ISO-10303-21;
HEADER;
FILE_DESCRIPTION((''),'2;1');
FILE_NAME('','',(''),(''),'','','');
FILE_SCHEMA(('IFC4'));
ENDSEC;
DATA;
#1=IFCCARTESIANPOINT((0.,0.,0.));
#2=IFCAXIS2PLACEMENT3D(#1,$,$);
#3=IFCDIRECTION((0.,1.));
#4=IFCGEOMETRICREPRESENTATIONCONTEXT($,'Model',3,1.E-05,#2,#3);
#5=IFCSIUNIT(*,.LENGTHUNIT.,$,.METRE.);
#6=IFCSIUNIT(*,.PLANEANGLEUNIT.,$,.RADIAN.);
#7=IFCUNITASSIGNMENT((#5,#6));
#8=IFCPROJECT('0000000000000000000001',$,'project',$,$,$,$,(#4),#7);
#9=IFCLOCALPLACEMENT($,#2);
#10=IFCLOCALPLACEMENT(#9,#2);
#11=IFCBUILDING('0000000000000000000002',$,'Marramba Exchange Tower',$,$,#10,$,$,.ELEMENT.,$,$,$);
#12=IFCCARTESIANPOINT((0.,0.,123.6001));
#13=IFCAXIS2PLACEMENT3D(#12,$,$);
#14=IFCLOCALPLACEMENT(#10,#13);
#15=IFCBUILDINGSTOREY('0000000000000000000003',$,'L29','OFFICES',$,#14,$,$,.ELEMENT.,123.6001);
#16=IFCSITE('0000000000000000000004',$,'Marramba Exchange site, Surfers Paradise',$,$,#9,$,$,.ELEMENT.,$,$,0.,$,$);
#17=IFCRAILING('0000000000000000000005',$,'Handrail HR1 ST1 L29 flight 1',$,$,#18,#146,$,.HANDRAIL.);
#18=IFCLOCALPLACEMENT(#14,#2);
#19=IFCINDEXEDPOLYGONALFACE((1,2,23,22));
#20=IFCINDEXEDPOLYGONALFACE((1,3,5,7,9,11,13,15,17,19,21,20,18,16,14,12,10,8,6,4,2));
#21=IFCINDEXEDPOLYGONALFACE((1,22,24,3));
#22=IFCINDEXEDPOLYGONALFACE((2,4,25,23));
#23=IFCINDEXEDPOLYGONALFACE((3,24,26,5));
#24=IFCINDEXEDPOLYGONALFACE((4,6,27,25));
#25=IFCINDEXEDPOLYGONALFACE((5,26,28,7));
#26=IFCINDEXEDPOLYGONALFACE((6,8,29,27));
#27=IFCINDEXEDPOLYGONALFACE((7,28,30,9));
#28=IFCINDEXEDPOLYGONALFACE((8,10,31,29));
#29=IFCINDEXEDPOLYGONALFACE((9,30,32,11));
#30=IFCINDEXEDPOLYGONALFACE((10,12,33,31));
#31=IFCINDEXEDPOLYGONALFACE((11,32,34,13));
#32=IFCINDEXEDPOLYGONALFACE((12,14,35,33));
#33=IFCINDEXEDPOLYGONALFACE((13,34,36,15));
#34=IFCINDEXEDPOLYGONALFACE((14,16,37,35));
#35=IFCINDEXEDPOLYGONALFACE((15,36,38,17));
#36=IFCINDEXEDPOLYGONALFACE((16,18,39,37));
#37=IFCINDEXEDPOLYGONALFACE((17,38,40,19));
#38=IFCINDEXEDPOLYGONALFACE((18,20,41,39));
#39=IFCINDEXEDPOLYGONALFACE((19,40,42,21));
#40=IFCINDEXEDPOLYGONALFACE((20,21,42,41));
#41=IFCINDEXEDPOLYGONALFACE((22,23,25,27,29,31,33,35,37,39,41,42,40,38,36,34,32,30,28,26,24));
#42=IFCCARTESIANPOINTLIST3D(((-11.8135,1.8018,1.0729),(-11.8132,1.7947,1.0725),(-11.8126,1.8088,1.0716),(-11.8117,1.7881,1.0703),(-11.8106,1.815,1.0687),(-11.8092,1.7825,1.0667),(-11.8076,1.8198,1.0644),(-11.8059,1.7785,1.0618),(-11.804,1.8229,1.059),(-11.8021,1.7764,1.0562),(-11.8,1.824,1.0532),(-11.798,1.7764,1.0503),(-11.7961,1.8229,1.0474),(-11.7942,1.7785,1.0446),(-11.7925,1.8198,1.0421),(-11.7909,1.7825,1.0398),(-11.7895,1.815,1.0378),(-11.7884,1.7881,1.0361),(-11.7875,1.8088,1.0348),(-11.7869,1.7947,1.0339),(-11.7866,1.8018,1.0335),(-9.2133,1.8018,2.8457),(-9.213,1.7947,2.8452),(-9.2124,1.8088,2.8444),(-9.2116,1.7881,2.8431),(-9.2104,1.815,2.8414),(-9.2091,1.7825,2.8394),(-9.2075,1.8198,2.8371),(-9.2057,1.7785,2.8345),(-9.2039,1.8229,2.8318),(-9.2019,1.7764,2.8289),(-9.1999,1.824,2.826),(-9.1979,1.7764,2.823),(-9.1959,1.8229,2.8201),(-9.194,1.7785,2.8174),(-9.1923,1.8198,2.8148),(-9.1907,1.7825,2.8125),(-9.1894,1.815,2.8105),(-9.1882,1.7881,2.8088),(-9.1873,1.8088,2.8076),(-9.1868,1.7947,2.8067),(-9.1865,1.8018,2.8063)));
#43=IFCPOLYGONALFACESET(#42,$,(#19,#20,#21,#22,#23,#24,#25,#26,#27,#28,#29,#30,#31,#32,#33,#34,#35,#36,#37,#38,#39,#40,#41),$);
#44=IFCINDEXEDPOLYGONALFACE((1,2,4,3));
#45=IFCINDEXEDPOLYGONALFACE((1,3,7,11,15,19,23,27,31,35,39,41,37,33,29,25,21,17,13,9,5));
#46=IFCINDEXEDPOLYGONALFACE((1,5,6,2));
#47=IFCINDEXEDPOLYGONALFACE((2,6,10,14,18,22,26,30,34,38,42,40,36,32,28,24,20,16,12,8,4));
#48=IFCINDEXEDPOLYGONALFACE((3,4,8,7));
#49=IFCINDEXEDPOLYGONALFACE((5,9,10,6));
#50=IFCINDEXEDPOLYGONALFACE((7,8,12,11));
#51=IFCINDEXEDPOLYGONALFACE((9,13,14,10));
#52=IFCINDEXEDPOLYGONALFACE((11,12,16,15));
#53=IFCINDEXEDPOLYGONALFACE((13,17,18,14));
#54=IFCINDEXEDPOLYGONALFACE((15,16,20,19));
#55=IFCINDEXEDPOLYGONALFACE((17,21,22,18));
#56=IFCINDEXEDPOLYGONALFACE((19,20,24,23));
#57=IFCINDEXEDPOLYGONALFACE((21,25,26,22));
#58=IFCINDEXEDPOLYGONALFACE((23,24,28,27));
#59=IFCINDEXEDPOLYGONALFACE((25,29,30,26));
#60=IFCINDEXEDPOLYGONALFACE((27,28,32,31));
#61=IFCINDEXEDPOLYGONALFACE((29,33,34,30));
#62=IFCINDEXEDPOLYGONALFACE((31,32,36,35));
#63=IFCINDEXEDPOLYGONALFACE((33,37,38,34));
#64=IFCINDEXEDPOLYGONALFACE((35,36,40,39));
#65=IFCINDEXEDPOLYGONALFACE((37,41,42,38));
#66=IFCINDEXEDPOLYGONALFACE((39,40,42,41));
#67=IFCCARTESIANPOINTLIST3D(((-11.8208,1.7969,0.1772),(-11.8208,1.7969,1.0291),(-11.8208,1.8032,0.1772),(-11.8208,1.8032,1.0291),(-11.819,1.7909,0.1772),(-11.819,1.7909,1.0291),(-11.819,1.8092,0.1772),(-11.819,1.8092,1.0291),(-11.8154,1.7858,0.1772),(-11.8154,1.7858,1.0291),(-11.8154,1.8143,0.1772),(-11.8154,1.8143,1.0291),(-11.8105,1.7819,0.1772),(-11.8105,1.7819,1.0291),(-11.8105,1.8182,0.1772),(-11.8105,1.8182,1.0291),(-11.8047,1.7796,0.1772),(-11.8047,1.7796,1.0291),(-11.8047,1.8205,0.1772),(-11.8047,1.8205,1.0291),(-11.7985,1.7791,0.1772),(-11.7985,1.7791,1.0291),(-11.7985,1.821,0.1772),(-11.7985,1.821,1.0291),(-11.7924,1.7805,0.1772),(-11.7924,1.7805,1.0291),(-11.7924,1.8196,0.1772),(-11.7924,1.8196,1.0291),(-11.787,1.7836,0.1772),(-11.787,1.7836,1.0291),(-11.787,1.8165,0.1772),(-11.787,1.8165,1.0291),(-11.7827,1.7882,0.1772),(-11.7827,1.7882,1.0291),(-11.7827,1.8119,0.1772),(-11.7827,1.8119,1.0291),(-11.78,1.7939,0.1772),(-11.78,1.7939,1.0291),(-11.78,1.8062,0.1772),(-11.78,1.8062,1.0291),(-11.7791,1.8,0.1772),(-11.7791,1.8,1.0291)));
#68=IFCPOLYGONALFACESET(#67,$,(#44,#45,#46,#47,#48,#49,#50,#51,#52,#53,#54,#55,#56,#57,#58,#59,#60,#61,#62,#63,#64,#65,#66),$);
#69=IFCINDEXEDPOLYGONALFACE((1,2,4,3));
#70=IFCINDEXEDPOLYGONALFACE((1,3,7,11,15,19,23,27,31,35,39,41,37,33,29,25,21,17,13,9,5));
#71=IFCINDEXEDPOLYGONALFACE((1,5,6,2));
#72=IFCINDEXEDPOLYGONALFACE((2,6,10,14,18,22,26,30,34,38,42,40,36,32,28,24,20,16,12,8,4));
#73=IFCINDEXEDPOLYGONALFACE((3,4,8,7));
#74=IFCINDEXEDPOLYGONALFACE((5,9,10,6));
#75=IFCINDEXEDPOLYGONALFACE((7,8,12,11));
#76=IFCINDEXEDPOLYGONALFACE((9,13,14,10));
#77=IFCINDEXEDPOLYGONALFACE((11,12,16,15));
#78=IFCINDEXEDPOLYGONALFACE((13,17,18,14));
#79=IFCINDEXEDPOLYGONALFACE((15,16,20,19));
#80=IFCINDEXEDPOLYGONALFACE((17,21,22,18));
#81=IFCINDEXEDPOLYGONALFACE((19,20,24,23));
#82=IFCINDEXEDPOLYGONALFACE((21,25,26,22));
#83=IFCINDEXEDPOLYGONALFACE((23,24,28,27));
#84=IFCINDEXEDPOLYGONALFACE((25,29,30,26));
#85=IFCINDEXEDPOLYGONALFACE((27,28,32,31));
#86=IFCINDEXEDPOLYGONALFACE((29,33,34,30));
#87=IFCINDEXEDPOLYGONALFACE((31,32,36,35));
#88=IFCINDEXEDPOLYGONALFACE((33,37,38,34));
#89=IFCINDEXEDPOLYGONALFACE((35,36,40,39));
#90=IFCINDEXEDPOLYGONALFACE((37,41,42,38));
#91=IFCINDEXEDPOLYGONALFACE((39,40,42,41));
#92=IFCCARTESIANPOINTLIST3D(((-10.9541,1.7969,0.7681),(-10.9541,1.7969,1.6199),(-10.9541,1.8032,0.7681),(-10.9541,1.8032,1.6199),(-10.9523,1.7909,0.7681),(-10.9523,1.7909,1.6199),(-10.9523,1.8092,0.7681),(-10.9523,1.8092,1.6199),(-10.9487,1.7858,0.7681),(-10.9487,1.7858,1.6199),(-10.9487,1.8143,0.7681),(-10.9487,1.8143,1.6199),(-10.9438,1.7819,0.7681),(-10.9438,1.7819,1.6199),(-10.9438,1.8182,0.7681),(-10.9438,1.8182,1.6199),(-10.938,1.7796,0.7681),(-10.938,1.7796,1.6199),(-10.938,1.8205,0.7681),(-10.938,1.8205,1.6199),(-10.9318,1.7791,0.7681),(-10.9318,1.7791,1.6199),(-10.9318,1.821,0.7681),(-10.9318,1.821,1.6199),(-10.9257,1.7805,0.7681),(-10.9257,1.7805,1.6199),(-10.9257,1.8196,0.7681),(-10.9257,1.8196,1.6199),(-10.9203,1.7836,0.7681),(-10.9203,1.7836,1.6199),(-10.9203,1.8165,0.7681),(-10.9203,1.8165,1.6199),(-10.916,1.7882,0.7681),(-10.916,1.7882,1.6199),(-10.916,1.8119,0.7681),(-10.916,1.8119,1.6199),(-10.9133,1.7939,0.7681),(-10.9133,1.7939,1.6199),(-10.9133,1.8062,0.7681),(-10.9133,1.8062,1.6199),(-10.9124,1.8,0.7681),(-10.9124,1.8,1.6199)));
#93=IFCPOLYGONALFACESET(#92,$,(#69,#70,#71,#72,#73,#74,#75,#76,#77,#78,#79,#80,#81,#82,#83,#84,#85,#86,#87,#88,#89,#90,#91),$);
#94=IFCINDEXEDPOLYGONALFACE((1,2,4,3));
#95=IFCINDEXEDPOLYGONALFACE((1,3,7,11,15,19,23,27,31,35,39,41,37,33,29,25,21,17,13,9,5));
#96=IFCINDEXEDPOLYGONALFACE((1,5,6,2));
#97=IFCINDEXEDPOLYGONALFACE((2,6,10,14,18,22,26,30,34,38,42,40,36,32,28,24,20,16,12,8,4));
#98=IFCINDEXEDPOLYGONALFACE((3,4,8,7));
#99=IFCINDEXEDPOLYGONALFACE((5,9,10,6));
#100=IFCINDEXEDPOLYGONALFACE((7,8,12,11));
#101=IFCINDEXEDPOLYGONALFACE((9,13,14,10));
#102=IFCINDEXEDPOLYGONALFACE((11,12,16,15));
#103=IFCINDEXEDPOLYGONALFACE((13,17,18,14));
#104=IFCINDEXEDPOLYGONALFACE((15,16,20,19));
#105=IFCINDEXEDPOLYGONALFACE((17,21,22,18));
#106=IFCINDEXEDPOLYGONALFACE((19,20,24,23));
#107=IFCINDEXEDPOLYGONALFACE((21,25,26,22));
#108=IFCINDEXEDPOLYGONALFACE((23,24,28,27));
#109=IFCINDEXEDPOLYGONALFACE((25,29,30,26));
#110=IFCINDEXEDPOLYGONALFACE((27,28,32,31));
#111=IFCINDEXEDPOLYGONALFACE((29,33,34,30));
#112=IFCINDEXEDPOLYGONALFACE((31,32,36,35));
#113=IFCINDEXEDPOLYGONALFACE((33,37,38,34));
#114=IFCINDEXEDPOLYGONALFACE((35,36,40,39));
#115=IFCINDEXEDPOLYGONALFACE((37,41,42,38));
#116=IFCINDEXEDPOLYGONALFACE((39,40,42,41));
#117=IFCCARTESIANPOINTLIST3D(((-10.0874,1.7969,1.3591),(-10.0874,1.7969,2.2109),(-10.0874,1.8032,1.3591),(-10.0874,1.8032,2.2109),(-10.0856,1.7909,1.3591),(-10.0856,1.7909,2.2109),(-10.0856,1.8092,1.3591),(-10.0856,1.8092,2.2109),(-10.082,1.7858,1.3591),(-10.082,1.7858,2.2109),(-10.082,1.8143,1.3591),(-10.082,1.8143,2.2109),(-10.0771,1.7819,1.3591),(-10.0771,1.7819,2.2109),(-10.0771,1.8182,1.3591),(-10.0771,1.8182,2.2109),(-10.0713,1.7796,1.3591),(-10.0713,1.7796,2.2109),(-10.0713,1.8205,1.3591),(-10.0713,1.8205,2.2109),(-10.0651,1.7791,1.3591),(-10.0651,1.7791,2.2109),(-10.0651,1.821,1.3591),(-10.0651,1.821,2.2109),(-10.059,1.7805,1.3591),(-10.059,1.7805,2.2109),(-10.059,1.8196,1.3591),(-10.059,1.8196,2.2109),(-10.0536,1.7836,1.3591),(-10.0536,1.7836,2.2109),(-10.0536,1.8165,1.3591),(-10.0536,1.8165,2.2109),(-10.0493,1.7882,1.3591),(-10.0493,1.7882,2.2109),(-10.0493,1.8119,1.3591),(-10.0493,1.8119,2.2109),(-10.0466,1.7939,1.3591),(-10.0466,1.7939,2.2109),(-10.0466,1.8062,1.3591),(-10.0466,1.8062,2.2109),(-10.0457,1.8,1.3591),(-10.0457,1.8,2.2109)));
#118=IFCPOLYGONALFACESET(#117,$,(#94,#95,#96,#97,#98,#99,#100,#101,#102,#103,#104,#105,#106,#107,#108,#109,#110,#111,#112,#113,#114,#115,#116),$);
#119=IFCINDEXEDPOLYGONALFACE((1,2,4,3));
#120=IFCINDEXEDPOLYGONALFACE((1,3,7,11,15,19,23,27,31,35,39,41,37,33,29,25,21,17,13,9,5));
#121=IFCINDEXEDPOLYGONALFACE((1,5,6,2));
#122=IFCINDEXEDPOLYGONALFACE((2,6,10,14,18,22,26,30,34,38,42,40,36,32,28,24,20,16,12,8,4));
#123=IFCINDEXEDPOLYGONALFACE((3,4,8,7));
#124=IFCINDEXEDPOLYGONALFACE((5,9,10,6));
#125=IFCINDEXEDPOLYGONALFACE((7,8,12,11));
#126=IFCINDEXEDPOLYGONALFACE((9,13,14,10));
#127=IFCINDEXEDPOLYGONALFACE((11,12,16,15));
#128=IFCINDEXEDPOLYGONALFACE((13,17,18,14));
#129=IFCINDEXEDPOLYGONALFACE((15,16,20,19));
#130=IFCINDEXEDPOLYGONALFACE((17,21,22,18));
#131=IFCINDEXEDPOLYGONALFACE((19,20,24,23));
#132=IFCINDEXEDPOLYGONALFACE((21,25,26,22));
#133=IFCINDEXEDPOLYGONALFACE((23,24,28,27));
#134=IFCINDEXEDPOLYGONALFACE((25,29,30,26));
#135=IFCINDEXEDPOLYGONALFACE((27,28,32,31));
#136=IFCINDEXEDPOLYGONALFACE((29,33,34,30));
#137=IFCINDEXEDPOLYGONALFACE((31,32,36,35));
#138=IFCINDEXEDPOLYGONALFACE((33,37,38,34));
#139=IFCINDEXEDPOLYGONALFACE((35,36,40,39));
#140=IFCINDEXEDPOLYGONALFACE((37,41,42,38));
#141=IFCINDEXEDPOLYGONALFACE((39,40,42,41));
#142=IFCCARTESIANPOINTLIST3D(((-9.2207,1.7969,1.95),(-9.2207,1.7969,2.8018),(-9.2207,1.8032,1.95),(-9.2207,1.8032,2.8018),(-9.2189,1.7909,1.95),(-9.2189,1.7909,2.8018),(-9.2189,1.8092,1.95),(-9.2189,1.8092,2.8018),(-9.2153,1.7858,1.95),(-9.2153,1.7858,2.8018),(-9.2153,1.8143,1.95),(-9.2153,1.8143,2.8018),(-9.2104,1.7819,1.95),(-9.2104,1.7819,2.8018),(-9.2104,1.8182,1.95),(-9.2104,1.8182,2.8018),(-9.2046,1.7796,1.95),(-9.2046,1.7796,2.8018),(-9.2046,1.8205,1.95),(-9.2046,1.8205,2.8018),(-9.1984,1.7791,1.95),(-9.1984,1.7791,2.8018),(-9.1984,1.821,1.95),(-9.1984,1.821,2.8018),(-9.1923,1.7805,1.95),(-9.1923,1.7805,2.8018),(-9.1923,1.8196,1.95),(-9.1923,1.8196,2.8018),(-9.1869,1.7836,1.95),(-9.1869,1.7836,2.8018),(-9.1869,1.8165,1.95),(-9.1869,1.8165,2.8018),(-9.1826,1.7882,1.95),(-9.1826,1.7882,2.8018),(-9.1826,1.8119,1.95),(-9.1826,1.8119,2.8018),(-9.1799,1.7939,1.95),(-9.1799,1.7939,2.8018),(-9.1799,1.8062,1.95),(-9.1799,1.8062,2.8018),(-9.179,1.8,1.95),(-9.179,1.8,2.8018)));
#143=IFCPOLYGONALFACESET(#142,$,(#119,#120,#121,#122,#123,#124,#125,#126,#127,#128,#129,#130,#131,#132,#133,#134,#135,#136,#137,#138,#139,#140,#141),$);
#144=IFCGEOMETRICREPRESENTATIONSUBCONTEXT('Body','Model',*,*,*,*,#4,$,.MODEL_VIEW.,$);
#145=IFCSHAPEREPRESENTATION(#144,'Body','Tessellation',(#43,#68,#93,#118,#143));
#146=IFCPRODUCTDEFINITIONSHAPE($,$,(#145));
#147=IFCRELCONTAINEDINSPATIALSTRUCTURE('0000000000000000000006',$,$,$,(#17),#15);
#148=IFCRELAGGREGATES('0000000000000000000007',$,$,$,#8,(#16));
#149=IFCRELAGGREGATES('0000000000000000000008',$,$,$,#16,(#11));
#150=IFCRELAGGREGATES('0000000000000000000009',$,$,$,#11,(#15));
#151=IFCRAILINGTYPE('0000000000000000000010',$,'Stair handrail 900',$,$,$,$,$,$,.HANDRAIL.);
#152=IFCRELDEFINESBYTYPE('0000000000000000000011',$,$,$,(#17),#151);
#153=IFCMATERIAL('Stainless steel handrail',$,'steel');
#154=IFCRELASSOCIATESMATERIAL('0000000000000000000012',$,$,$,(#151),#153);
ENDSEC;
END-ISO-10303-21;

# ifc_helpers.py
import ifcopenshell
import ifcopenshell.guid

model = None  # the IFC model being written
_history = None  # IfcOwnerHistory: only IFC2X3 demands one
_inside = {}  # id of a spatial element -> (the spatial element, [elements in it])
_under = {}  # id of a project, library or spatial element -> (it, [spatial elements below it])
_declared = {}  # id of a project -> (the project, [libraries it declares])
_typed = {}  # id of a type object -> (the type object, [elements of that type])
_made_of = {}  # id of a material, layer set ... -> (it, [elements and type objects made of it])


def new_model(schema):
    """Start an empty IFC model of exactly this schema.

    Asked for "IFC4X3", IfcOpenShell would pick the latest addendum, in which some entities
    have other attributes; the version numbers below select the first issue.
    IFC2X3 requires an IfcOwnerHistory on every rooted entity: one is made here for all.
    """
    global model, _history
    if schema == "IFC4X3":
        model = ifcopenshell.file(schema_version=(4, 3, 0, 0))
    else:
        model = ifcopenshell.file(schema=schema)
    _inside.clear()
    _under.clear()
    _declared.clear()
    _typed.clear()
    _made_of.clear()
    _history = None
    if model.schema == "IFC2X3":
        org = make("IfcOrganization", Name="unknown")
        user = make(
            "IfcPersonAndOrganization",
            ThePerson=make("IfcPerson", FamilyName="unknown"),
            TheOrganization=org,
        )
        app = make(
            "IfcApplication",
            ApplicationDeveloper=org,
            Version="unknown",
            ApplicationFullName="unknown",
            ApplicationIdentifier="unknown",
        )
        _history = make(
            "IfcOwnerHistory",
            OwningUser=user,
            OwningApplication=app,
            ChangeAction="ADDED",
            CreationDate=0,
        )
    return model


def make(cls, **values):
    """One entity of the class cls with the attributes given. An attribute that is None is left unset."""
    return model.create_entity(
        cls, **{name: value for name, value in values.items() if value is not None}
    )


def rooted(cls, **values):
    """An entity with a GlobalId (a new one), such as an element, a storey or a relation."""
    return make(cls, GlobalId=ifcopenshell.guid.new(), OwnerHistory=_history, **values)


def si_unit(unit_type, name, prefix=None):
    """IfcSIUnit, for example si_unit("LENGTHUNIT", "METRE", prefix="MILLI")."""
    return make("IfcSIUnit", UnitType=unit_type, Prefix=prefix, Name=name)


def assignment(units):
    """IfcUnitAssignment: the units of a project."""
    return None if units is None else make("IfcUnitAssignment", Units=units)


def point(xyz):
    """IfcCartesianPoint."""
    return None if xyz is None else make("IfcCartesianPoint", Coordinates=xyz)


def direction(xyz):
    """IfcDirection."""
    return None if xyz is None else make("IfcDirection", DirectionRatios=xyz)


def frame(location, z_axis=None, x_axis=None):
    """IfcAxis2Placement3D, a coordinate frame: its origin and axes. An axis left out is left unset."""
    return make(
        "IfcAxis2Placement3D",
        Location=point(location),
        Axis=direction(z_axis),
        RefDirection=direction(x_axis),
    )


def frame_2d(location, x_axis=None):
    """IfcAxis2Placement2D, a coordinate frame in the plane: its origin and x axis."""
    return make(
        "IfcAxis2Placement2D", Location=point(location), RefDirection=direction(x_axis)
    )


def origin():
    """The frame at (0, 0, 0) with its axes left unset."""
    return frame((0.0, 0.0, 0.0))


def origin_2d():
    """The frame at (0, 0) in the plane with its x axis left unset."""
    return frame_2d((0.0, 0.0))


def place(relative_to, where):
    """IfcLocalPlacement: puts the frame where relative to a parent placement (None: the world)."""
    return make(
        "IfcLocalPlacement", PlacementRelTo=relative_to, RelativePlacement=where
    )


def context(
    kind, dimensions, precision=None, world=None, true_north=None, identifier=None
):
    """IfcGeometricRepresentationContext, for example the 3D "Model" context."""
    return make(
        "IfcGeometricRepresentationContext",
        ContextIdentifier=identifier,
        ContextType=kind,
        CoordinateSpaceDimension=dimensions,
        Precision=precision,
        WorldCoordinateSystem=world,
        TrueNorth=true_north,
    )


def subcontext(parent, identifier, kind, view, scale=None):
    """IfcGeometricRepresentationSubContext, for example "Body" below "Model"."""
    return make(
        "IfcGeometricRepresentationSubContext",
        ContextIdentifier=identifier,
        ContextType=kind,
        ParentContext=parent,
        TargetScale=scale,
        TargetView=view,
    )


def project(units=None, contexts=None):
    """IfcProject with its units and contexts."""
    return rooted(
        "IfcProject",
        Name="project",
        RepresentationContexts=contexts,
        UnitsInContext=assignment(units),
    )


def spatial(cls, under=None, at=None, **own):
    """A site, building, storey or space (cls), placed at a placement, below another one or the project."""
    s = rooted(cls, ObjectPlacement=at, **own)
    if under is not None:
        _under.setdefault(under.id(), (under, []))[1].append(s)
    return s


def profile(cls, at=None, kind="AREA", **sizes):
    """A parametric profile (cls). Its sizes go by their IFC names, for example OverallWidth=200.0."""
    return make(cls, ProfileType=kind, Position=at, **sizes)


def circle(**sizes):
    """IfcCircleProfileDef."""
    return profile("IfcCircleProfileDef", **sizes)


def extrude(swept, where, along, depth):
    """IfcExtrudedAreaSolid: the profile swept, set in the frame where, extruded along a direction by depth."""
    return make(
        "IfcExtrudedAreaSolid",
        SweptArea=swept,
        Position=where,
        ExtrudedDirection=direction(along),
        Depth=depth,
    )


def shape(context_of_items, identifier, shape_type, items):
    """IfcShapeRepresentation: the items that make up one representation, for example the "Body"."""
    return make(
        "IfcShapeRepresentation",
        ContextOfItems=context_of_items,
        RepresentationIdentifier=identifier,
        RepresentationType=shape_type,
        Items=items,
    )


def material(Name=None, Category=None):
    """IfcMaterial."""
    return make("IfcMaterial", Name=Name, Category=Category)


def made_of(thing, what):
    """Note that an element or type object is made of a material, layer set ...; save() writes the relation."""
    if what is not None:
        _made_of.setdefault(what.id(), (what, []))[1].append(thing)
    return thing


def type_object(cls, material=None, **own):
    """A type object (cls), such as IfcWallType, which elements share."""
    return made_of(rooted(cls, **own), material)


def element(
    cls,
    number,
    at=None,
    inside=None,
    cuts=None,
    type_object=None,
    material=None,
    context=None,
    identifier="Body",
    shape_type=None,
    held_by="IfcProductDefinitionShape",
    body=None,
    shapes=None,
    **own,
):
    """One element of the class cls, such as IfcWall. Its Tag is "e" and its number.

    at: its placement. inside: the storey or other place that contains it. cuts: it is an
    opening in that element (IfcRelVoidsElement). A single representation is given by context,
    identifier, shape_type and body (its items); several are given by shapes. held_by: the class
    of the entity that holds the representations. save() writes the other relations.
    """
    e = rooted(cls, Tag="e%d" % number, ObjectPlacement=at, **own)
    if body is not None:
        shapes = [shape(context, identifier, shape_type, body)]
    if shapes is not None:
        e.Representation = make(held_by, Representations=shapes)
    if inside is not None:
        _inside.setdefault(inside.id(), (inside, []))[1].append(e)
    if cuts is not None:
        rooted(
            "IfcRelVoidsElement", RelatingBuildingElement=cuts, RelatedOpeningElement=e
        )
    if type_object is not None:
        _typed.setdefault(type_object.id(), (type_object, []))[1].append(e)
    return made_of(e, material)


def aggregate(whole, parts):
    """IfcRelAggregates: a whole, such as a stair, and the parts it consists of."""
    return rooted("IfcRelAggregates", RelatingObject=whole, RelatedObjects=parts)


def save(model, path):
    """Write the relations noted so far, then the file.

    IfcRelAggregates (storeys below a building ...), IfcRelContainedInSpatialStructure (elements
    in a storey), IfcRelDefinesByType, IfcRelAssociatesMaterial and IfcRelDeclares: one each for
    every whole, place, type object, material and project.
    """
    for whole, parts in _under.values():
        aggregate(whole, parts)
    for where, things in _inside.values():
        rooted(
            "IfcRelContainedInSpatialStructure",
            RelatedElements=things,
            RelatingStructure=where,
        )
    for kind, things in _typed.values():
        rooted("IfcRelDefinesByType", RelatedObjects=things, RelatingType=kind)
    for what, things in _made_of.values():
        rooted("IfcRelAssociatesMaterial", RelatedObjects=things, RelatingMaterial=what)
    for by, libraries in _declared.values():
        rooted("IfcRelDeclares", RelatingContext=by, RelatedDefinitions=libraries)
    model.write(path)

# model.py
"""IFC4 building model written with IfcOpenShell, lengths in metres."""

from ifc_helpers import new_model, si_unit, direction, frame, origin, origin_2d, place, context, subcontext, project, spatial, circle, extrude, material, type_object, element, save


model = new_model("IFC4")

# Units and contexts
model_context = context("Model", 3, precision=1e-05, world=origin(), true_north=direction((0.0, 1.0)))
body_context = subcontext(model_context, "Body", "Model", "MODEL_VIEW")
ifc_project = project(units=[si_unit("LENGTHUNIT", "METRE"), si_unit("PLANEANGLEUNIT", "RADIAN")], contexts=[model_context])

# Site, building, storey
site_placement = place(None, origin())
site = spatial("IfcSite", under=ifc_project, at=site_placement, Name="Marramba Exchange site, Surfers Paradise", CompositionType="ELEMENT", RefElevation=0.0)
building_placement = place(site_placement, origin())
building = spatial("IfcBuilding", under=site, at=building_placement, Name="Marramba Exchange Tower", CompositionType="ELEMENT")
storey_placement = place(building_placement, frame((0.0, 0.0, 123.6001)))
storey = spatial("IfcBuildingStorey", under=building, at=storey_placement, Name="L29", Description="OFFICES", CompositionType="ELEMENT", Elevation=123.6001)

# Railing
ifc_material_1 = material(Name="Stainless steel handrail", Category="steel")
railing_type = type_object("IfcRailingType", Name="Stair handrail 900", PredefinedType="HANDRAIL", material=ifc_material_1)
railing_placement = place(storey_placement, frame((-11.8, 1.8, 0.1772)))
element("IfcRailing", 1, at=railing_placement, inside=storey, type_object=railing_type, Name="Handrail HR1 ST1 L29 flight 1", PredefinedType="HANDRAIL", context=body_context, shape_type="SweptSolid", body=[
    extrude(circle(Radius=0.0239, at=origin_2d()), frame((0.0, 0.0, 0.876), z_axis=(0.82624, 0.0, 0.563318), x_axis=(0.0, 1.0, 0.0)), (0.0, 0.0, 1.0), 3.147),
    extrude(circle(Radius=0.021, at=origin_2d()), origin(), (0.0, 0.0, 1.0), 0.8518),
    extrude(circle(Radius=0.021, at=origin_2d()), frame((0.8667, 0.0, 0.5908)), (0.0, 0.0, 1.0), 0.8518),
    extrude(circle(Radius=0.021, at=origin_2d()), frame((1.7334, 0.0, 1.1819)), (0.0, 0.0, 1.0), 0.8518),
    extrude(circle(Radius=0.021, at=origin_2d()), frame((2.6001, 0.0, 1.7727)), (0.0, 0.0, 1.0), 0.8518),
])

save(model, "model.ifc")
